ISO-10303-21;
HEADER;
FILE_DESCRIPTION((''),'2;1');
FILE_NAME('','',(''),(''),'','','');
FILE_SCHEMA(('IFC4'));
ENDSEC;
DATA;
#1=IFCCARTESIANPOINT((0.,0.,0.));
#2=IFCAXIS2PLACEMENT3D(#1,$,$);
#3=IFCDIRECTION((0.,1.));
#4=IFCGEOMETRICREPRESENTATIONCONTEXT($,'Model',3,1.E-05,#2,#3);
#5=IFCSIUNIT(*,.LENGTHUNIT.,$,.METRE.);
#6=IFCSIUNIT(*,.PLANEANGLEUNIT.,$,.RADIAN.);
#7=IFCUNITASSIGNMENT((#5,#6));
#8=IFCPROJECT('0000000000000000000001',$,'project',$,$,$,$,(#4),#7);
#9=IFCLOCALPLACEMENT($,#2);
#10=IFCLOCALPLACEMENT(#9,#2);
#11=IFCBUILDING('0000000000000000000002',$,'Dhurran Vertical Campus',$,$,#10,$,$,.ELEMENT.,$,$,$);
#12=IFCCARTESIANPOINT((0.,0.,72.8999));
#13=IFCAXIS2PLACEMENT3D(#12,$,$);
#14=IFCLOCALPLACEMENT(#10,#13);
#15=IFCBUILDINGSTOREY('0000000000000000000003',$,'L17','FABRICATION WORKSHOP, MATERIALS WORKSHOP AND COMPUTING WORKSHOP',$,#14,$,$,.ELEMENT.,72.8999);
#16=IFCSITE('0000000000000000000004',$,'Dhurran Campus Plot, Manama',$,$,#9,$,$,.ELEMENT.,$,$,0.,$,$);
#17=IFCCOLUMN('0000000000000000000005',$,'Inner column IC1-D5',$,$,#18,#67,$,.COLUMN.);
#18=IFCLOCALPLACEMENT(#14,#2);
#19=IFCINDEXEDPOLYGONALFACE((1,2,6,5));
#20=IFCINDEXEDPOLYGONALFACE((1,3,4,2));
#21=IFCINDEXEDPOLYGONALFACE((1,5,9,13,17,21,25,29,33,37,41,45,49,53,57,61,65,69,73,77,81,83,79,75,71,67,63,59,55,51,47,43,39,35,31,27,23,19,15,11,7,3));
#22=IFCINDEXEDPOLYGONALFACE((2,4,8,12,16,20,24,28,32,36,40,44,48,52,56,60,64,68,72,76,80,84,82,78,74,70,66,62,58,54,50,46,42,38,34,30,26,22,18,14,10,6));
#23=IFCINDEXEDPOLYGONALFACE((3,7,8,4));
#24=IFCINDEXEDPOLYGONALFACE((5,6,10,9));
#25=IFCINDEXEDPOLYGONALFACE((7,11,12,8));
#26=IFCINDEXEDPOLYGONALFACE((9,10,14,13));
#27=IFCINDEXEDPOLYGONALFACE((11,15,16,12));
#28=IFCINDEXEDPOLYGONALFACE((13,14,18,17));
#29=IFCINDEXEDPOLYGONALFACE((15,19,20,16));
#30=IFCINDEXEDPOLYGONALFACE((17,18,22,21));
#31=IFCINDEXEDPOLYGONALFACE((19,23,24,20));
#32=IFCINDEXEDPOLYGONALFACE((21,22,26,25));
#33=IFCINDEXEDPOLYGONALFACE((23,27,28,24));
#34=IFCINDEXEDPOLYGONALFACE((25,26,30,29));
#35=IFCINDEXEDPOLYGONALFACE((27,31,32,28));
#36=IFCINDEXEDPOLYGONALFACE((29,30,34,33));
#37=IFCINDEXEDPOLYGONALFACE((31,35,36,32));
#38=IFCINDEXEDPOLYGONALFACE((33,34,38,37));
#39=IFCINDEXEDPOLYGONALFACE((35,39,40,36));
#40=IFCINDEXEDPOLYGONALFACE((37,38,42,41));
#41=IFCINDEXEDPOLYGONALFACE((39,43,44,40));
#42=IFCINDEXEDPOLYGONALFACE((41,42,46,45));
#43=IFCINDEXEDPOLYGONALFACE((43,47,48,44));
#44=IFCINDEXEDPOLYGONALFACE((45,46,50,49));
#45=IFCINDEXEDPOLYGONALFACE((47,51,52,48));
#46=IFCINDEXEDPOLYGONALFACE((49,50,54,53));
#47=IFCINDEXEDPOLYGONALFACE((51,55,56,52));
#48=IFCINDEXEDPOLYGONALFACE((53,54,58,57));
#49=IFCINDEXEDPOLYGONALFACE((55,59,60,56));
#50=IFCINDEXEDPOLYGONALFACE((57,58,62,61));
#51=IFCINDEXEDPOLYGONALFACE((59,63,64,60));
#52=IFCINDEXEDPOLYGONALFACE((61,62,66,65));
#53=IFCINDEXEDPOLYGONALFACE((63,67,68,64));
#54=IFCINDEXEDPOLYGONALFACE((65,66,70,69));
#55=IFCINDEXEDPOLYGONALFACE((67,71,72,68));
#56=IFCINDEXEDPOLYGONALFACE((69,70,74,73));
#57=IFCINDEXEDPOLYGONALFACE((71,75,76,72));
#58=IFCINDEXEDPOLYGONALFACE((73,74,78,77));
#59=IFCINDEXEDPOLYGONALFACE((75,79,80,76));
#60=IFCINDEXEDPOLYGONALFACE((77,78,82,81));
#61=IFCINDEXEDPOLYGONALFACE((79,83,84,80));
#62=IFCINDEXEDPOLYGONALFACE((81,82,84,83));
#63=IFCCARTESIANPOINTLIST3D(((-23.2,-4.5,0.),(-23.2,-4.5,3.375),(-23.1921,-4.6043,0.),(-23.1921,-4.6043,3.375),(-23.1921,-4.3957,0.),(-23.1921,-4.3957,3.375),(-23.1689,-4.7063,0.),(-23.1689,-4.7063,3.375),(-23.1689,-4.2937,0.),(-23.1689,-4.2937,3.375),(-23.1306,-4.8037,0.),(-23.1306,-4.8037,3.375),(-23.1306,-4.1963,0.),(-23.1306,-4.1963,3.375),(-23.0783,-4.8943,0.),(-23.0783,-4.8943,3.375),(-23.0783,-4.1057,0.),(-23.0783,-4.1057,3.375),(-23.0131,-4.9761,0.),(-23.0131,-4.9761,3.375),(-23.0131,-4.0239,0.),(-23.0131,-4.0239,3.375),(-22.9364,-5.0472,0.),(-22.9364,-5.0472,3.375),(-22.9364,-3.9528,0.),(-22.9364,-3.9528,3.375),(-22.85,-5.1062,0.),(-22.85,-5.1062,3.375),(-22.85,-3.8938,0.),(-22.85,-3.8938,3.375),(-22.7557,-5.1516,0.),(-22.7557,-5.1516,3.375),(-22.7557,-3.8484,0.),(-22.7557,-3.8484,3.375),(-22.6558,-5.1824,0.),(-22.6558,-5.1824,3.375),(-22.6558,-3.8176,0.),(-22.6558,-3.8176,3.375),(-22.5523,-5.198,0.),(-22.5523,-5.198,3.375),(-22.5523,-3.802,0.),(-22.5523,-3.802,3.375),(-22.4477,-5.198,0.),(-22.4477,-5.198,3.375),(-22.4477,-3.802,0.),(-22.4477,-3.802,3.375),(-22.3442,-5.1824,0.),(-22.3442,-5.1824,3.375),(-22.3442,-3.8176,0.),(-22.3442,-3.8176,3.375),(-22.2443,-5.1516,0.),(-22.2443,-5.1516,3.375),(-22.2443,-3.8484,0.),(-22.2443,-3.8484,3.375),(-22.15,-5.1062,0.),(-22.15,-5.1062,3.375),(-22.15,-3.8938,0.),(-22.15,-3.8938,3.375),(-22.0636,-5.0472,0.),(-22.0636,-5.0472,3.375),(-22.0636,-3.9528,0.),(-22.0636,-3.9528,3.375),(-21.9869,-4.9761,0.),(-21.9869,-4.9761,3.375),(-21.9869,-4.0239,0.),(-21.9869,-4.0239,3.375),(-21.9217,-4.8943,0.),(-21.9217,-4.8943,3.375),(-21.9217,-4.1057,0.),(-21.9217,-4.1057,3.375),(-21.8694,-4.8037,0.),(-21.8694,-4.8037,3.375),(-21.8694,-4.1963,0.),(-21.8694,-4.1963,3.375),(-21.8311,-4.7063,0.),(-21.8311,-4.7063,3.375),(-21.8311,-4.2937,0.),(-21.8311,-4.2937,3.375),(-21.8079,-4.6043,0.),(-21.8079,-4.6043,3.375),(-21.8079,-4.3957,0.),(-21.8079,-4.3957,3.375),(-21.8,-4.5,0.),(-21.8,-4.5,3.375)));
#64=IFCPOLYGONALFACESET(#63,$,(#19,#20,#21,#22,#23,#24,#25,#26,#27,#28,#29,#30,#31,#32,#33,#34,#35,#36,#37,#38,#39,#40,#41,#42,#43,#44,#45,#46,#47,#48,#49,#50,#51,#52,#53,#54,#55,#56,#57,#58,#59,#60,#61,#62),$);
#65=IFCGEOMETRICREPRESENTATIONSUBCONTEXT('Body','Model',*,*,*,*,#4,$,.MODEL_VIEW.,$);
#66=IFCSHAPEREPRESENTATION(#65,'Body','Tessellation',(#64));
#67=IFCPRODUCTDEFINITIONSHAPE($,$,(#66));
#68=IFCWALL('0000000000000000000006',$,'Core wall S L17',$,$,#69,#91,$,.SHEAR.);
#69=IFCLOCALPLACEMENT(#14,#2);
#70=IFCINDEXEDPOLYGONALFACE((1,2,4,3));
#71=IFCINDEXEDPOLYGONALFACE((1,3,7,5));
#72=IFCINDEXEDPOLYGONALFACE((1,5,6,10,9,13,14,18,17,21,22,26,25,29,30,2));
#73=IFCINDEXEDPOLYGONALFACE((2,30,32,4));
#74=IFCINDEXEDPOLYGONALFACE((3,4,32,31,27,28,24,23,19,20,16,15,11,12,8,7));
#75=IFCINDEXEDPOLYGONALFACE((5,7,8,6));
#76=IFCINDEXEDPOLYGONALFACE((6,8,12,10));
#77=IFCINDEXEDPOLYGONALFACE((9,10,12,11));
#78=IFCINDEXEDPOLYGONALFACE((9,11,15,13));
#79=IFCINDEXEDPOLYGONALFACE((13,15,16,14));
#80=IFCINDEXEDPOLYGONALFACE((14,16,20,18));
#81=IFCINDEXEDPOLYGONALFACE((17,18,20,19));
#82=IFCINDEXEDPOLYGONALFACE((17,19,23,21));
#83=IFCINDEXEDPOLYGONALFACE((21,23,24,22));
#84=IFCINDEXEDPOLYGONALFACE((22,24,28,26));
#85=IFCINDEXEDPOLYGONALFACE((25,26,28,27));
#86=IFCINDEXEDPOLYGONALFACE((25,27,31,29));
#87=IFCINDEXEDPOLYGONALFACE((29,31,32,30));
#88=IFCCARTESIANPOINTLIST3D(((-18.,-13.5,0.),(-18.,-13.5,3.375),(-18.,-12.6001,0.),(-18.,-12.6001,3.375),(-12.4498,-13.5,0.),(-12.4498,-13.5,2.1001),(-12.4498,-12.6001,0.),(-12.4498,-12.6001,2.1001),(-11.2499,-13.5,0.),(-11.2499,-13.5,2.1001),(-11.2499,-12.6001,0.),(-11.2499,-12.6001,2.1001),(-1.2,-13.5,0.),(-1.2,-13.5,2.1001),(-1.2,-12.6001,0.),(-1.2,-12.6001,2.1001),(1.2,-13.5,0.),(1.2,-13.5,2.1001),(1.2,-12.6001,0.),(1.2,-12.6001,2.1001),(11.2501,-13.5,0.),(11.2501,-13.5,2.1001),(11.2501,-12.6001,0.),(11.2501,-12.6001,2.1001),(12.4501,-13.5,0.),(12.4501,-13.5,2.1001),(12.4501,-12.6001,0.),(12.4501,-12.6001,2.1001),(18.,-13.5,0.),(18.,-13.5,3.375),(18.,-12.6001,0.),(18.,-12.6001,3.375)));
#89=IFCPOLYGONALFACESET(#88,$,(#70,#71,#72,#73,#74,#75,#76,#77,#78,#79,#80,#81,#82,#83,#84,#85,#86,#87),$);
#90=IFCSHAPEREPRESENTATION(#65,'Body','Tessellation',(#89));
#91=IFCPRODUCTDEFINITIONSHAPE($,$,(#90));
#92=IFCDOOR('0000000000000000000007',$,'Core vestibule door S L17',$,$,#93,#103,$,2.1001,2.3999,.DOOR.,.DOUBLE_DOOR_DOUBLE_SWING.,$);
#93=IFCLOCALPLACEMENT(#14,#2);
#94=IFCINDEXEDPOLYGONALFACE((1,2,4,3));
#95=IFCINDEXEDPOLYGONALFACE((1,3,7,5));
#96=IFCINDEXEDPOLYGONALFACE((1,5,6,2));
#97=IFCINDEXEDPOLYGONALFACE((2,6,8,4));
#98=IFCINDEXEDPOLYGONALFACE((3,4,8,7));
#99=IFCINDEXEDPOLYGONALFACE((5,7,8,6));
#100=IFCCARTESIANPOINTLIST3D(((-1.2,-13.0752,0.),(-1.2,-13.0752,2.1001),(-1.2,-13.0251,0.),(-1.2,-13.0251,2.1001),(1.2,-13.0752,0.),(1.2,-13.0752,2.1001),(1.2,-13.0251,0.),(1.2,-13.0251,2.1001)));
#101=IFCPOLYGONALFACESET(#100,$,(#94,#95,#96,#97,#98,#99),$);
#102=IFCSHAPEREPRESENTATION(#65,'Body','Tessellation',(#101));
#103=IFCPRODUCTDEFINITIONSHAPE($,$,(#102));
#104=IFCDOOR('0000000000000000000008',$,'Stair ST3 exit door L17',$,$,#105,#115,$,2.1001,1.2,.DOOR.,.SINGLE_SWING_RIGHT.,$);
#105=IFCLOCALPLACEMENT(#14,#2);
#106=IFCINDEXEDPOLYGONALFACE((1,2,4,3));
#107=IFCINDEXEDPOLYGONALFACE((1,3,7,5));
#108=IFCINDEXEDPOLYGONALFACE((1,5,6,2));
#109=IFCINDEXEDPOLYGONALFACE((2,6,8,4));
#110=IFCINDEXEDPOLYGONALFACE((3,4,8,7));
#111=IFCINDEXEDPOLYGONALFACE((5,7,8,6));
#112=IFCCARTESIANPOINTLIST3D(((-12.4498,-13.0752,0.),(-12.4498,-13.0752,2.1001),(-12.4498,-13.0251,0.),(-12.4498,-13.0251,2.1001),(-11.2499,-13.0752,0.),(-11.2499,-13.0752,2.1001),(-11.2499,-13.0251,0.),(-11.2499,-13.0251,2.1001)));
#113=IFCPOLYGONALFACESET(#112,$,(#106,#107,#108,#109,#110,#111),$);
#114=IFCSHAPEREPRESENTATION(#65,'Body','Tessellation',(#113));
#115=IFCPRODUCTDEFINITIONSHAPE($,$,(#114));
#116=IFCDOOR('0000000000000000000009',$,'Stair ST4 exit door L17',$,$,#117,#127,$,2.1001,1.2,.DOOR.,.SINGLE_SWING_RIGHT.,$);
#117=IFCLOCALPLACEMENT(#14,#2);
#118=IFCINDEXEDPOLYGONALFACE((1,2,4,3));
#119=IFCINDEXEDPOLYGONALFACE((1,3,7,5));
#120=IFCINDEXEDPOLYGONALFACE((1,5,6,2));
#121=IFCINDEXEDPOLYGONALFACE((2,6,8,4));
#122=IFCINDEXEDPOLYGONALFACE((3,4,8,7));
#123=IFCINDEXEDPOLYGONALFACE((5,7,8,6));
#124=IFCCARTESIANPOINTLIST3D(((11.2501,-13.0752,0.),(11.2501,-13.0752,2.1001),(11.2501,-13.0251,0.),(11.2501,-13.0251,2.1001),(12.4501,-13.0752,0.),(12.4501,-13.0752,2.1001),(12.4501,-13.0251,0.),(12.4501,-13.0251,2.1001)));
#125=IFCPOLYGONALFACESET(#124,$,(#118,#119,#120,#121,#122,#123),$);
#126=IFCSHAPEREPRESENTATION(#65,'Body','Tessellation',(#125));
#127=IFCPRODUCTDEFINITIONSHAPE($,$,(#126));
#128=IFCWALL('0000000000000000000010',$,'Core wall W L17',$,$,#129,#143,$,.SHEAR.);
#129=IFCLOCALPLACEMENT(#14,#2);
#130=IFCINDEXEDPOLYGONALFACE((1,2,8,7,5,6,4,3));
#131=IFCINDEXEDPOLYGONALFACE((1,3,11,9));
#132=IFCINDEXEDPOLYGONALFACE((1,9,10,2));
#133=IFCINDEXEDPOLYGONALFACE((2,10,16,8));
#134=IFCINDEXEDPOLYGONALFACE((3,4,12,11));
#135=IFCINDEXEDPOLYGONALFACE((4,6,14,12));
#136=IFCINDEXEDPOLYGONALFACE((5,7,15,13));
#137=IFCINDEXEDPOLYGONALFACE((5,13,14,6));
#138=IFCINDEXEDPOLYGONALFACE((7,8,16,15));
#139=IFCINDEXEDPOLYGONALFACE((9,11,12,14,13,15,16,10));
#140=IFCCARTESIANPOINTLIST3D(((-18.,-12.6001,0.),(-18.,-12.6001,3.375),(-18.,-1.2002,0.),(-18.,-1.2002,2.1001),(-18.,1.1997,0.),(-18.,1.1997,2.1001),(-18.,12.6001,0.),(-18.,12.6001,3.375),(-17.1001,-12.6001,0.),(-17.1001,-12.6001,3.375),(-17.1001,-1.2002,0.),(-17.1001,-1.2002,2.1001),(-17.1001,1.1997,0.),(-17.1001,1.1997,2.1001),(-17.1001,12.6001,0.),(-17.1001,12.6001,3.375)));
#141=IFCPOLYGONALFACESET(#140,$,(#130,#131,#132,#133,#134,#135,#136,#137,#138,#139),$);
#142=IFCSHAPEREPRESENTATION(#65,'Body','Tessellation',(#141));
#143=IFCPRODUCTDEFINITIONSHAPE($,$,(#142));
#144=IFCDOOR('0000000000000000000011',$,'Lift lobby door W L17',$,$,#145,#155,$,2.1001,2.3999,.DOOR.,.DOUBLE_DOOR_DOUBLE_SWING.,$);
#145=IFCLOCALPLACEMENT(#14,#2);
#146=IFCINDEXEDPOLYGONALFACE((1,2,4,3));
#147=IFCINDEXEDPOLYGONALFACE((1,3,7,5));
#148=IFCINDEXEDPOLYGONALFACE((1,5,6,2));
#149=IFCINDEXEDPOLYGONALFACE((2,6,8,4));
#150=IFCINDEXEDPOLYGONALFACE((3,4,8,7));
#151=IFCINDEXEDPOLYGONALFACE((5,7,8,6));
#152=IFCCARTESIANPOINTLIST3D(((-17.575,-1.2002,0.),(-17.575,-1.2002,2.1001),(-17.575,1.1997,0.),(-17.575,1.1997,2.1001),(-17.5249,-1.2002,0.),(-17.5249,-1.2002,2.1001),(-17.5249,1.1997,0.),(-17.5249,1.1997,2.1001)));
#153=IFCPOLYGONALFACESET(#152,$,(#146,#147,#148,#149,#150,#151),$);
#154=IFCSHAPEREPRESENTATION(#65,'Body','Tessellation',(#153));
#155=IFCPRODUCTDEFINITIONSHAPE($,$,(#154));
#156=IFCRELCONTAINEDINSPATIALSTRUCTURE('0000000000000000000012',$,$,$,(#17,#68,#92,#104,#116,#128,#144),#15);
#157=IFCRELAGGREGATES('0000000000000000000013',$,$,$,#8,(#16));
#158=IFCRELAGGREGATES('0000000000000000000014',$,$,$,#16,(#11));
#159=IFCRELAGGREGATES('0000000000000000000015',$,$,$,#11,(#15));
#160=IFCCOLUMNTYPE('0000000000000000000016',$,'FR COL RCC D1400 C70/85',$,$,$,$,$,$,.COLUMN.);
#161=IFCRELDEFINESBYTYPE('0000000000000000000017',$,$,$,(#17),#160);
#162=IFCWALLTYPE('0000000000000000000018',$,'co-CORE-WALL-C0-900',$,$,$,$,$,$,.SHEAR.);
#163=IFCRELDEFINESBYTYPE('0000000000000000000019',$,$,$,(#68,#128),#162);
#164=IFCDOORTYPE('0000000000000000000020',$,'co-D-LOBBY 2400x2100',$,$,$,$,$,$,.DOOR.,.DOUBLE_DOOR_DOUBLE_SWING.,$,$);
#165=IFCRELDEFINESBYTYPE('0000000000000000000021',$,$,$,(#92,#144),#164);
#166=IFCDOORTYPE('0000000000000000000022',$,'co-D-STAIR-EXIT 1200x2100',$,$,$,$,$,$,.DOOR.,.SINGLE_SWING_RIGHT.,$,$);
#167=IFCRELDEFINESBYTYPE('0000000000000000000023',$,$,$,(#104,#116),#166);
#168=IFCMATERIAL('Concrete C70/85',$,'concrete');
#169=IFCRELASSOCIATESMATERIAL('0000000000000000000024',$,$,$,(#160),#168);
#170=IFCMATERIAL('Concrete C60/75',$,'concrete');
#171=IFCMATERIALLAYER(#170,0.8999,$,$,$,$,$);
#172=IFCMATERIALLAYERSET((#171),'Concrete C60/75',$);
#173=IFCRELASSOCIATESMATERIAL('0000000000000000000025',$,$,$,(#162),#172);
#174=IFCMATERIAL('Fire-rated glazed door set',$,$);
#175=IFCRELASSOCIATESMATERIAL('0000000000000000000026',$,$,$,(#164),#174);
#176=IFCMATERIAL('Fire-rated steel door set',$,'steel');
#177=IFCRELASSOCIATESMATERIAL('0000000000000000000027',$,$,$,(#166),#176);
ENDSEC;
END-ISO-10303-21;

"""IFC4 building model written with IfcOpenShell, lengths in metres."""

from ifc_helpers import new_model, si_unit, direction, frame, frame_2d, origin, origin_2d, place, context, subcontext, project, spatial, rectangle, circle, extrude, material, layer, layer_set, material_profile, profile_set, type_object, element, fill, save


model = new_model("IFC4")

# Units and contexts
model_context = context("Model", 3, precision=1e-05, world=origin(), true_north=direction((0.0, 1.0)))
body_context = subcontext(model_context, "Body", "Model", "MODEL_VIEW")
ifc_project = project(units=[si_unit("LENGTHUNIT", "METRE"), si_unit("PLANEANGLEUNIT", "RADIAN")], contexts=[model_context])

# Site, building, storey
site_placement = place(None, origin())
site = spatial("IfcSite", under=ifc_project, at=site_placement, Name="Dhurran Campus Plot, Manama", CompositionType="ELEMENT", RefElevation=0.0)
building_placement = place(site_placement, origin())
building = spatial("IfcBuilding", under=site, at=building_placement, Name="Dhurran Vertical Campus", CompositionType="ELEMENT")
storey_placement = place(building_placement, frame((0.0, 0.0, 72.8999)))
storey = spatial("IfcBuildingStorey", under=building, at=storey_placement, Name="L17", Description="FABRICATION WORKSHOP, MATERIALS WORKSHOP AND COMPUTING WORKSHOP", CompositionType="ELEMENT", Elevation=72.8999)

# Column
ifc_material_1 = material(Name="Concrete C70/85", Category="concrete")
ifc_material_profile = material_profile(ifc_material_1, circle(Radius=0.7, at=origin_2d()), Name="RCC D1400")
ifc_profile_set = profile_set([ifc_material_profile], Name="Concrete C70/85")
column_type = type_object("IfcColumnType", Name="FR COL RCC D1400 C70/85", PredefinedType="COLUMN", material=ifc_profile_set)
column_placement = place(storey_placement, frame((-22.5, -4.5, 0.0), z_axis=(0.0, 0.0, 1.0), x_axis=(1.0, 0.0, 0.0)))
element("IfcColumn", 1, at=column_placement, inside=storey, type_object=column_type, Name="Inner column IC1-D5", PredefinedType="COLUMN", context=body_context, shape_type="SweptSolid", body=[
    extrude(circle(Radius=0.7, at=origin_2d()), origin(), (0.0, 0.0, 1.0), 3.375),
])

# Wall, openings, doors
ifc_material_2 = material(Name="Concrete C60/75", Category="concrete")
ifc_layer_1 = layer(ifc_material_2, 0.8999)
ifc_layer_set_1 = layer_set([ifc_layer_1], Name="Concrete C60/75")
wall_type_1 = type_object("IfcWallType", Name="co-CORE-WALL-C0-900", PredefinedType="SHEAR", material=ifc_layer_set_1)
wall_1_placement = place(storey_placement, frame((-18.0, -13.05, 0.0), z_axis=(0.0, 0.0, 1.0), x_axis=(1.0, 0.0, 0.0)))
wall_1 = element("IfcWall", 2, at=wall_1_placement, inside=storey, type_object=wall_type_1, Name="Core wall S L17", PredefinedType="SHEAR", context=body_context, shape_type="SweptSolid", body=[
    extrude(rectangle(XDim=36.0, YDim=0.8999, at=frame_2d((18.0, 0.0))), origin(), (0.0, 0.0, 1.0), 3.375),
])
opening_1_placement = place(wall_1_placement, frame((16.8, 0.0, 0.0)))
opening_1 = element("IfcOpeningElement", 3, at=opening_1_placement, cuts=wall_1, PredefinedType="OPENING", context=body_context, shape_type="SweptSolid", body=[
    extrude(rectangle(XDim=2.3999, YDim=2.1001, at=frame_2d((1.2, 1.05))), frame((0.0, 0.46, 0.0), z_axis=(0.0, -1.0, 0.0), x_axis=(1.0, 0.0, 0.0)), (0.0, 0.0, 1.0), 0.9199),
])
opening_2_placement = place(wall_1_placement, frame((5.55, 0.0, 0.0)))
opening_2 = element("IfcOpeningElement", 4, at=opening_2_placement, cuts=wall_1, PredefinedType="OPENING", context=body_context, shape_type="SweptSolid", body=[
    extrude(rectangle(XDim=1.2, YDim=2.1001, at=frame_2d((0.6001, 1.05))), frame((0.0, 0.46, 0.0), z_axis=(0.0, -1.0, 0.0), x_axis=(1.0, 0.0, 0.0)), (0.0, 0.0, 1.0), 0.9199),
])
opening_3_placement = place(wall_1_placement, frame((29.25, 0.0, 0.0)))
opening_3 = element("IfcOpeningElement", 5, at=opening_3_placement, cuts=wall_1, PredefinedType="OPENING", context=body_context, shape_type="SweptSolid", body=[
    extrude(rectangle(XDim=1.2, YDim=2.1001, at=frame_2d((0.6001, 1.05))), frame((0.0, 0.46, 0.0), z_axis=(0.0, -1.0, 0.0), x_axis=(1.0, 0.0, 0.0)), (0.0, 0.0, 1.0), 0.9199),
])
ifc_material_3 = material(Name="Fire-rated glazed door set")
door_type_1 = type_object("IfcDoorType", Name="co-D-LOBBY 2400x2100", OperationType="DOUBLE_DOOR_DOUBLE_SWING", PredefinedType="DOOR", material=ifc_material_3)
door_1_placement = place(opening_1_placement, origin())
door_1 = element("IfcDoor", 6, at=door_1_placement, inside=storey, type_object=door_type_1, Name="Core vestibule door S L17", OperationType="DOUBLE_DOOR_DOUBLE_SWING", OverallHeight=2.1001, OverallWidth=2.3999, PredefinedType="DOOR", context=body_context, shape_type="SweptSolid", body=[
    extrude(rectangle(XDim=2.3999, YDim=2.1001, at=frame_2d((1.2, 1.05))), frame((0.0, 0.0249, 0.0), z_axis=(0.0, -1.0, 0.0), x_axis=(1.0, 0.0, 0.0)), (0.0, 0.0, 1.0), 0.05),
])
fill(opening_1, door_1)
ifc_material_4 = material(Name="Fire-rated steel door set", Category="steel")
door_type_2 = type_object("IfcDoorType", Name="co-D-STAIR-EXIT 1200x2100", OperationType="SINGLE_SWING_RIGHT", PredefinedType="DOOR", material=ifc_material_4)
door_2_placement = place(opening_2_placement, origin())
door_2 = element("IfcDoor", 7, at=door_2_placement, inside=storey, type_object=door_type_2, Name="Stair ST3 exit door L17", OperationType="SINGLE_SWING_RIGHT", OverallHeight=2.1001, OverallWidth=1.2, PredefinedType="DOOR", context=body_context, shape_type="SweptSolid", body=[
    extrude(rectangle(XDim=1.2, YDim=2.1001, at=frame_2d((0.6001, 1.05))), frame((0.0, 0.0249, 0.0), z_axis=(0.0, -1.0, 0.0), x_axis=(1.0, 0.0, 0.0)), (0.0, 0.0, 1.0), 0.05),
])
fill(opening_2, door_2)
door_3_placement = place(opening_3_placement, origin())
door_3 = element("IfcDoor", 8, at=door_3_placement, inside=storey, type_object=door_type_2, Name="Stair ST4 exit door L17", OperationType="SINGLE_SWING_RIGHT", OverallHeight=2.1001, OverallWidth=1.2, PredefinedType="DOOR", context=body_context, shape_type="SweptSolid", body=[
    extrude(rectangle(XDim=1.2, YDim=2.1001, at=frame_2d((0.6001, 1.05))), frame((0.0, 0.0249, 0.0), z_axis=(0.0, -1.0, 0.0), x_axis=(1.0, 0.0, 0.0)), (0.0, 0.0, 1.0), 0.05),
])
fill(opening_3, door_3)

# Wall, opening, door
wall_2_placement = place(storey_placement, frame((-17.55, -12.6001, 0.0), z_axis=(0.0, 0.0, 1.0), x_axis=(0.0, 1.0, 0.0)))
wall_2 = element("IfcWall", 9, at=wall_2_placement, inside=storey, type_object=wall_type_1, Name="Core wall W L17", PredefinedType="SHEAR", context=body_context, shape_type="SweptSolid", body=[
    extrude(rectangle(XDim=25.2002, YDim=0.8999, at=frame_2d((12.6001, 0.0))), origin(), (0.0, 0.0, 1.0), 3.375),
])
opening_4_placement = place(wall_2_placement, frame((11.3999, 0.0, 0.0)))
opening_4 = element("IfcOpeningElement", 10, at=opening_4_placement, cuts=wall_2, PredefinedType="OPENING", context=body_context, shape_type="SweptSolid", body=[
    extrude(rectangle(XDim=2.3999, YDim=2.1001, at=frame_2d((1.2, 1.05))), frame((0.0, 0.46, 0.0), z_axis=(0.0, -1.0, 0.0), x_axis=(1.0, 0.0, 0.0)), (0.0, 0.0, 1.0), 0.9199),
])
door_4_placement = place(opening_4_placement, origin())
door_4 = element("IfcDoor", 11, at=door_4_placement, inside=storey, type_object=door_type_1, Name="Lift lobby door W L17", OperationType="DOUBLE_DOOR_DOUBLE_SWING", OverallHeight=2.1001, OverallWidth=2.3999, PredefinedType="DOOR", context=body_context, shape_type="SweptSolid", body=[
    extrude(rectangle(XDim=2.3999, YDim=2.1001, at=frame_2d((1.2, 1.05))), frame((0.0, 0.0249, 0.0), z_axis=(0.0, -1.0, 0.0), x_axis=(1.0, 0.0, 0.0)), (0.0, 0.0, 1.0), 0.05),
])
fill(opening_4, door_4)

save(model, "model.ifc")
